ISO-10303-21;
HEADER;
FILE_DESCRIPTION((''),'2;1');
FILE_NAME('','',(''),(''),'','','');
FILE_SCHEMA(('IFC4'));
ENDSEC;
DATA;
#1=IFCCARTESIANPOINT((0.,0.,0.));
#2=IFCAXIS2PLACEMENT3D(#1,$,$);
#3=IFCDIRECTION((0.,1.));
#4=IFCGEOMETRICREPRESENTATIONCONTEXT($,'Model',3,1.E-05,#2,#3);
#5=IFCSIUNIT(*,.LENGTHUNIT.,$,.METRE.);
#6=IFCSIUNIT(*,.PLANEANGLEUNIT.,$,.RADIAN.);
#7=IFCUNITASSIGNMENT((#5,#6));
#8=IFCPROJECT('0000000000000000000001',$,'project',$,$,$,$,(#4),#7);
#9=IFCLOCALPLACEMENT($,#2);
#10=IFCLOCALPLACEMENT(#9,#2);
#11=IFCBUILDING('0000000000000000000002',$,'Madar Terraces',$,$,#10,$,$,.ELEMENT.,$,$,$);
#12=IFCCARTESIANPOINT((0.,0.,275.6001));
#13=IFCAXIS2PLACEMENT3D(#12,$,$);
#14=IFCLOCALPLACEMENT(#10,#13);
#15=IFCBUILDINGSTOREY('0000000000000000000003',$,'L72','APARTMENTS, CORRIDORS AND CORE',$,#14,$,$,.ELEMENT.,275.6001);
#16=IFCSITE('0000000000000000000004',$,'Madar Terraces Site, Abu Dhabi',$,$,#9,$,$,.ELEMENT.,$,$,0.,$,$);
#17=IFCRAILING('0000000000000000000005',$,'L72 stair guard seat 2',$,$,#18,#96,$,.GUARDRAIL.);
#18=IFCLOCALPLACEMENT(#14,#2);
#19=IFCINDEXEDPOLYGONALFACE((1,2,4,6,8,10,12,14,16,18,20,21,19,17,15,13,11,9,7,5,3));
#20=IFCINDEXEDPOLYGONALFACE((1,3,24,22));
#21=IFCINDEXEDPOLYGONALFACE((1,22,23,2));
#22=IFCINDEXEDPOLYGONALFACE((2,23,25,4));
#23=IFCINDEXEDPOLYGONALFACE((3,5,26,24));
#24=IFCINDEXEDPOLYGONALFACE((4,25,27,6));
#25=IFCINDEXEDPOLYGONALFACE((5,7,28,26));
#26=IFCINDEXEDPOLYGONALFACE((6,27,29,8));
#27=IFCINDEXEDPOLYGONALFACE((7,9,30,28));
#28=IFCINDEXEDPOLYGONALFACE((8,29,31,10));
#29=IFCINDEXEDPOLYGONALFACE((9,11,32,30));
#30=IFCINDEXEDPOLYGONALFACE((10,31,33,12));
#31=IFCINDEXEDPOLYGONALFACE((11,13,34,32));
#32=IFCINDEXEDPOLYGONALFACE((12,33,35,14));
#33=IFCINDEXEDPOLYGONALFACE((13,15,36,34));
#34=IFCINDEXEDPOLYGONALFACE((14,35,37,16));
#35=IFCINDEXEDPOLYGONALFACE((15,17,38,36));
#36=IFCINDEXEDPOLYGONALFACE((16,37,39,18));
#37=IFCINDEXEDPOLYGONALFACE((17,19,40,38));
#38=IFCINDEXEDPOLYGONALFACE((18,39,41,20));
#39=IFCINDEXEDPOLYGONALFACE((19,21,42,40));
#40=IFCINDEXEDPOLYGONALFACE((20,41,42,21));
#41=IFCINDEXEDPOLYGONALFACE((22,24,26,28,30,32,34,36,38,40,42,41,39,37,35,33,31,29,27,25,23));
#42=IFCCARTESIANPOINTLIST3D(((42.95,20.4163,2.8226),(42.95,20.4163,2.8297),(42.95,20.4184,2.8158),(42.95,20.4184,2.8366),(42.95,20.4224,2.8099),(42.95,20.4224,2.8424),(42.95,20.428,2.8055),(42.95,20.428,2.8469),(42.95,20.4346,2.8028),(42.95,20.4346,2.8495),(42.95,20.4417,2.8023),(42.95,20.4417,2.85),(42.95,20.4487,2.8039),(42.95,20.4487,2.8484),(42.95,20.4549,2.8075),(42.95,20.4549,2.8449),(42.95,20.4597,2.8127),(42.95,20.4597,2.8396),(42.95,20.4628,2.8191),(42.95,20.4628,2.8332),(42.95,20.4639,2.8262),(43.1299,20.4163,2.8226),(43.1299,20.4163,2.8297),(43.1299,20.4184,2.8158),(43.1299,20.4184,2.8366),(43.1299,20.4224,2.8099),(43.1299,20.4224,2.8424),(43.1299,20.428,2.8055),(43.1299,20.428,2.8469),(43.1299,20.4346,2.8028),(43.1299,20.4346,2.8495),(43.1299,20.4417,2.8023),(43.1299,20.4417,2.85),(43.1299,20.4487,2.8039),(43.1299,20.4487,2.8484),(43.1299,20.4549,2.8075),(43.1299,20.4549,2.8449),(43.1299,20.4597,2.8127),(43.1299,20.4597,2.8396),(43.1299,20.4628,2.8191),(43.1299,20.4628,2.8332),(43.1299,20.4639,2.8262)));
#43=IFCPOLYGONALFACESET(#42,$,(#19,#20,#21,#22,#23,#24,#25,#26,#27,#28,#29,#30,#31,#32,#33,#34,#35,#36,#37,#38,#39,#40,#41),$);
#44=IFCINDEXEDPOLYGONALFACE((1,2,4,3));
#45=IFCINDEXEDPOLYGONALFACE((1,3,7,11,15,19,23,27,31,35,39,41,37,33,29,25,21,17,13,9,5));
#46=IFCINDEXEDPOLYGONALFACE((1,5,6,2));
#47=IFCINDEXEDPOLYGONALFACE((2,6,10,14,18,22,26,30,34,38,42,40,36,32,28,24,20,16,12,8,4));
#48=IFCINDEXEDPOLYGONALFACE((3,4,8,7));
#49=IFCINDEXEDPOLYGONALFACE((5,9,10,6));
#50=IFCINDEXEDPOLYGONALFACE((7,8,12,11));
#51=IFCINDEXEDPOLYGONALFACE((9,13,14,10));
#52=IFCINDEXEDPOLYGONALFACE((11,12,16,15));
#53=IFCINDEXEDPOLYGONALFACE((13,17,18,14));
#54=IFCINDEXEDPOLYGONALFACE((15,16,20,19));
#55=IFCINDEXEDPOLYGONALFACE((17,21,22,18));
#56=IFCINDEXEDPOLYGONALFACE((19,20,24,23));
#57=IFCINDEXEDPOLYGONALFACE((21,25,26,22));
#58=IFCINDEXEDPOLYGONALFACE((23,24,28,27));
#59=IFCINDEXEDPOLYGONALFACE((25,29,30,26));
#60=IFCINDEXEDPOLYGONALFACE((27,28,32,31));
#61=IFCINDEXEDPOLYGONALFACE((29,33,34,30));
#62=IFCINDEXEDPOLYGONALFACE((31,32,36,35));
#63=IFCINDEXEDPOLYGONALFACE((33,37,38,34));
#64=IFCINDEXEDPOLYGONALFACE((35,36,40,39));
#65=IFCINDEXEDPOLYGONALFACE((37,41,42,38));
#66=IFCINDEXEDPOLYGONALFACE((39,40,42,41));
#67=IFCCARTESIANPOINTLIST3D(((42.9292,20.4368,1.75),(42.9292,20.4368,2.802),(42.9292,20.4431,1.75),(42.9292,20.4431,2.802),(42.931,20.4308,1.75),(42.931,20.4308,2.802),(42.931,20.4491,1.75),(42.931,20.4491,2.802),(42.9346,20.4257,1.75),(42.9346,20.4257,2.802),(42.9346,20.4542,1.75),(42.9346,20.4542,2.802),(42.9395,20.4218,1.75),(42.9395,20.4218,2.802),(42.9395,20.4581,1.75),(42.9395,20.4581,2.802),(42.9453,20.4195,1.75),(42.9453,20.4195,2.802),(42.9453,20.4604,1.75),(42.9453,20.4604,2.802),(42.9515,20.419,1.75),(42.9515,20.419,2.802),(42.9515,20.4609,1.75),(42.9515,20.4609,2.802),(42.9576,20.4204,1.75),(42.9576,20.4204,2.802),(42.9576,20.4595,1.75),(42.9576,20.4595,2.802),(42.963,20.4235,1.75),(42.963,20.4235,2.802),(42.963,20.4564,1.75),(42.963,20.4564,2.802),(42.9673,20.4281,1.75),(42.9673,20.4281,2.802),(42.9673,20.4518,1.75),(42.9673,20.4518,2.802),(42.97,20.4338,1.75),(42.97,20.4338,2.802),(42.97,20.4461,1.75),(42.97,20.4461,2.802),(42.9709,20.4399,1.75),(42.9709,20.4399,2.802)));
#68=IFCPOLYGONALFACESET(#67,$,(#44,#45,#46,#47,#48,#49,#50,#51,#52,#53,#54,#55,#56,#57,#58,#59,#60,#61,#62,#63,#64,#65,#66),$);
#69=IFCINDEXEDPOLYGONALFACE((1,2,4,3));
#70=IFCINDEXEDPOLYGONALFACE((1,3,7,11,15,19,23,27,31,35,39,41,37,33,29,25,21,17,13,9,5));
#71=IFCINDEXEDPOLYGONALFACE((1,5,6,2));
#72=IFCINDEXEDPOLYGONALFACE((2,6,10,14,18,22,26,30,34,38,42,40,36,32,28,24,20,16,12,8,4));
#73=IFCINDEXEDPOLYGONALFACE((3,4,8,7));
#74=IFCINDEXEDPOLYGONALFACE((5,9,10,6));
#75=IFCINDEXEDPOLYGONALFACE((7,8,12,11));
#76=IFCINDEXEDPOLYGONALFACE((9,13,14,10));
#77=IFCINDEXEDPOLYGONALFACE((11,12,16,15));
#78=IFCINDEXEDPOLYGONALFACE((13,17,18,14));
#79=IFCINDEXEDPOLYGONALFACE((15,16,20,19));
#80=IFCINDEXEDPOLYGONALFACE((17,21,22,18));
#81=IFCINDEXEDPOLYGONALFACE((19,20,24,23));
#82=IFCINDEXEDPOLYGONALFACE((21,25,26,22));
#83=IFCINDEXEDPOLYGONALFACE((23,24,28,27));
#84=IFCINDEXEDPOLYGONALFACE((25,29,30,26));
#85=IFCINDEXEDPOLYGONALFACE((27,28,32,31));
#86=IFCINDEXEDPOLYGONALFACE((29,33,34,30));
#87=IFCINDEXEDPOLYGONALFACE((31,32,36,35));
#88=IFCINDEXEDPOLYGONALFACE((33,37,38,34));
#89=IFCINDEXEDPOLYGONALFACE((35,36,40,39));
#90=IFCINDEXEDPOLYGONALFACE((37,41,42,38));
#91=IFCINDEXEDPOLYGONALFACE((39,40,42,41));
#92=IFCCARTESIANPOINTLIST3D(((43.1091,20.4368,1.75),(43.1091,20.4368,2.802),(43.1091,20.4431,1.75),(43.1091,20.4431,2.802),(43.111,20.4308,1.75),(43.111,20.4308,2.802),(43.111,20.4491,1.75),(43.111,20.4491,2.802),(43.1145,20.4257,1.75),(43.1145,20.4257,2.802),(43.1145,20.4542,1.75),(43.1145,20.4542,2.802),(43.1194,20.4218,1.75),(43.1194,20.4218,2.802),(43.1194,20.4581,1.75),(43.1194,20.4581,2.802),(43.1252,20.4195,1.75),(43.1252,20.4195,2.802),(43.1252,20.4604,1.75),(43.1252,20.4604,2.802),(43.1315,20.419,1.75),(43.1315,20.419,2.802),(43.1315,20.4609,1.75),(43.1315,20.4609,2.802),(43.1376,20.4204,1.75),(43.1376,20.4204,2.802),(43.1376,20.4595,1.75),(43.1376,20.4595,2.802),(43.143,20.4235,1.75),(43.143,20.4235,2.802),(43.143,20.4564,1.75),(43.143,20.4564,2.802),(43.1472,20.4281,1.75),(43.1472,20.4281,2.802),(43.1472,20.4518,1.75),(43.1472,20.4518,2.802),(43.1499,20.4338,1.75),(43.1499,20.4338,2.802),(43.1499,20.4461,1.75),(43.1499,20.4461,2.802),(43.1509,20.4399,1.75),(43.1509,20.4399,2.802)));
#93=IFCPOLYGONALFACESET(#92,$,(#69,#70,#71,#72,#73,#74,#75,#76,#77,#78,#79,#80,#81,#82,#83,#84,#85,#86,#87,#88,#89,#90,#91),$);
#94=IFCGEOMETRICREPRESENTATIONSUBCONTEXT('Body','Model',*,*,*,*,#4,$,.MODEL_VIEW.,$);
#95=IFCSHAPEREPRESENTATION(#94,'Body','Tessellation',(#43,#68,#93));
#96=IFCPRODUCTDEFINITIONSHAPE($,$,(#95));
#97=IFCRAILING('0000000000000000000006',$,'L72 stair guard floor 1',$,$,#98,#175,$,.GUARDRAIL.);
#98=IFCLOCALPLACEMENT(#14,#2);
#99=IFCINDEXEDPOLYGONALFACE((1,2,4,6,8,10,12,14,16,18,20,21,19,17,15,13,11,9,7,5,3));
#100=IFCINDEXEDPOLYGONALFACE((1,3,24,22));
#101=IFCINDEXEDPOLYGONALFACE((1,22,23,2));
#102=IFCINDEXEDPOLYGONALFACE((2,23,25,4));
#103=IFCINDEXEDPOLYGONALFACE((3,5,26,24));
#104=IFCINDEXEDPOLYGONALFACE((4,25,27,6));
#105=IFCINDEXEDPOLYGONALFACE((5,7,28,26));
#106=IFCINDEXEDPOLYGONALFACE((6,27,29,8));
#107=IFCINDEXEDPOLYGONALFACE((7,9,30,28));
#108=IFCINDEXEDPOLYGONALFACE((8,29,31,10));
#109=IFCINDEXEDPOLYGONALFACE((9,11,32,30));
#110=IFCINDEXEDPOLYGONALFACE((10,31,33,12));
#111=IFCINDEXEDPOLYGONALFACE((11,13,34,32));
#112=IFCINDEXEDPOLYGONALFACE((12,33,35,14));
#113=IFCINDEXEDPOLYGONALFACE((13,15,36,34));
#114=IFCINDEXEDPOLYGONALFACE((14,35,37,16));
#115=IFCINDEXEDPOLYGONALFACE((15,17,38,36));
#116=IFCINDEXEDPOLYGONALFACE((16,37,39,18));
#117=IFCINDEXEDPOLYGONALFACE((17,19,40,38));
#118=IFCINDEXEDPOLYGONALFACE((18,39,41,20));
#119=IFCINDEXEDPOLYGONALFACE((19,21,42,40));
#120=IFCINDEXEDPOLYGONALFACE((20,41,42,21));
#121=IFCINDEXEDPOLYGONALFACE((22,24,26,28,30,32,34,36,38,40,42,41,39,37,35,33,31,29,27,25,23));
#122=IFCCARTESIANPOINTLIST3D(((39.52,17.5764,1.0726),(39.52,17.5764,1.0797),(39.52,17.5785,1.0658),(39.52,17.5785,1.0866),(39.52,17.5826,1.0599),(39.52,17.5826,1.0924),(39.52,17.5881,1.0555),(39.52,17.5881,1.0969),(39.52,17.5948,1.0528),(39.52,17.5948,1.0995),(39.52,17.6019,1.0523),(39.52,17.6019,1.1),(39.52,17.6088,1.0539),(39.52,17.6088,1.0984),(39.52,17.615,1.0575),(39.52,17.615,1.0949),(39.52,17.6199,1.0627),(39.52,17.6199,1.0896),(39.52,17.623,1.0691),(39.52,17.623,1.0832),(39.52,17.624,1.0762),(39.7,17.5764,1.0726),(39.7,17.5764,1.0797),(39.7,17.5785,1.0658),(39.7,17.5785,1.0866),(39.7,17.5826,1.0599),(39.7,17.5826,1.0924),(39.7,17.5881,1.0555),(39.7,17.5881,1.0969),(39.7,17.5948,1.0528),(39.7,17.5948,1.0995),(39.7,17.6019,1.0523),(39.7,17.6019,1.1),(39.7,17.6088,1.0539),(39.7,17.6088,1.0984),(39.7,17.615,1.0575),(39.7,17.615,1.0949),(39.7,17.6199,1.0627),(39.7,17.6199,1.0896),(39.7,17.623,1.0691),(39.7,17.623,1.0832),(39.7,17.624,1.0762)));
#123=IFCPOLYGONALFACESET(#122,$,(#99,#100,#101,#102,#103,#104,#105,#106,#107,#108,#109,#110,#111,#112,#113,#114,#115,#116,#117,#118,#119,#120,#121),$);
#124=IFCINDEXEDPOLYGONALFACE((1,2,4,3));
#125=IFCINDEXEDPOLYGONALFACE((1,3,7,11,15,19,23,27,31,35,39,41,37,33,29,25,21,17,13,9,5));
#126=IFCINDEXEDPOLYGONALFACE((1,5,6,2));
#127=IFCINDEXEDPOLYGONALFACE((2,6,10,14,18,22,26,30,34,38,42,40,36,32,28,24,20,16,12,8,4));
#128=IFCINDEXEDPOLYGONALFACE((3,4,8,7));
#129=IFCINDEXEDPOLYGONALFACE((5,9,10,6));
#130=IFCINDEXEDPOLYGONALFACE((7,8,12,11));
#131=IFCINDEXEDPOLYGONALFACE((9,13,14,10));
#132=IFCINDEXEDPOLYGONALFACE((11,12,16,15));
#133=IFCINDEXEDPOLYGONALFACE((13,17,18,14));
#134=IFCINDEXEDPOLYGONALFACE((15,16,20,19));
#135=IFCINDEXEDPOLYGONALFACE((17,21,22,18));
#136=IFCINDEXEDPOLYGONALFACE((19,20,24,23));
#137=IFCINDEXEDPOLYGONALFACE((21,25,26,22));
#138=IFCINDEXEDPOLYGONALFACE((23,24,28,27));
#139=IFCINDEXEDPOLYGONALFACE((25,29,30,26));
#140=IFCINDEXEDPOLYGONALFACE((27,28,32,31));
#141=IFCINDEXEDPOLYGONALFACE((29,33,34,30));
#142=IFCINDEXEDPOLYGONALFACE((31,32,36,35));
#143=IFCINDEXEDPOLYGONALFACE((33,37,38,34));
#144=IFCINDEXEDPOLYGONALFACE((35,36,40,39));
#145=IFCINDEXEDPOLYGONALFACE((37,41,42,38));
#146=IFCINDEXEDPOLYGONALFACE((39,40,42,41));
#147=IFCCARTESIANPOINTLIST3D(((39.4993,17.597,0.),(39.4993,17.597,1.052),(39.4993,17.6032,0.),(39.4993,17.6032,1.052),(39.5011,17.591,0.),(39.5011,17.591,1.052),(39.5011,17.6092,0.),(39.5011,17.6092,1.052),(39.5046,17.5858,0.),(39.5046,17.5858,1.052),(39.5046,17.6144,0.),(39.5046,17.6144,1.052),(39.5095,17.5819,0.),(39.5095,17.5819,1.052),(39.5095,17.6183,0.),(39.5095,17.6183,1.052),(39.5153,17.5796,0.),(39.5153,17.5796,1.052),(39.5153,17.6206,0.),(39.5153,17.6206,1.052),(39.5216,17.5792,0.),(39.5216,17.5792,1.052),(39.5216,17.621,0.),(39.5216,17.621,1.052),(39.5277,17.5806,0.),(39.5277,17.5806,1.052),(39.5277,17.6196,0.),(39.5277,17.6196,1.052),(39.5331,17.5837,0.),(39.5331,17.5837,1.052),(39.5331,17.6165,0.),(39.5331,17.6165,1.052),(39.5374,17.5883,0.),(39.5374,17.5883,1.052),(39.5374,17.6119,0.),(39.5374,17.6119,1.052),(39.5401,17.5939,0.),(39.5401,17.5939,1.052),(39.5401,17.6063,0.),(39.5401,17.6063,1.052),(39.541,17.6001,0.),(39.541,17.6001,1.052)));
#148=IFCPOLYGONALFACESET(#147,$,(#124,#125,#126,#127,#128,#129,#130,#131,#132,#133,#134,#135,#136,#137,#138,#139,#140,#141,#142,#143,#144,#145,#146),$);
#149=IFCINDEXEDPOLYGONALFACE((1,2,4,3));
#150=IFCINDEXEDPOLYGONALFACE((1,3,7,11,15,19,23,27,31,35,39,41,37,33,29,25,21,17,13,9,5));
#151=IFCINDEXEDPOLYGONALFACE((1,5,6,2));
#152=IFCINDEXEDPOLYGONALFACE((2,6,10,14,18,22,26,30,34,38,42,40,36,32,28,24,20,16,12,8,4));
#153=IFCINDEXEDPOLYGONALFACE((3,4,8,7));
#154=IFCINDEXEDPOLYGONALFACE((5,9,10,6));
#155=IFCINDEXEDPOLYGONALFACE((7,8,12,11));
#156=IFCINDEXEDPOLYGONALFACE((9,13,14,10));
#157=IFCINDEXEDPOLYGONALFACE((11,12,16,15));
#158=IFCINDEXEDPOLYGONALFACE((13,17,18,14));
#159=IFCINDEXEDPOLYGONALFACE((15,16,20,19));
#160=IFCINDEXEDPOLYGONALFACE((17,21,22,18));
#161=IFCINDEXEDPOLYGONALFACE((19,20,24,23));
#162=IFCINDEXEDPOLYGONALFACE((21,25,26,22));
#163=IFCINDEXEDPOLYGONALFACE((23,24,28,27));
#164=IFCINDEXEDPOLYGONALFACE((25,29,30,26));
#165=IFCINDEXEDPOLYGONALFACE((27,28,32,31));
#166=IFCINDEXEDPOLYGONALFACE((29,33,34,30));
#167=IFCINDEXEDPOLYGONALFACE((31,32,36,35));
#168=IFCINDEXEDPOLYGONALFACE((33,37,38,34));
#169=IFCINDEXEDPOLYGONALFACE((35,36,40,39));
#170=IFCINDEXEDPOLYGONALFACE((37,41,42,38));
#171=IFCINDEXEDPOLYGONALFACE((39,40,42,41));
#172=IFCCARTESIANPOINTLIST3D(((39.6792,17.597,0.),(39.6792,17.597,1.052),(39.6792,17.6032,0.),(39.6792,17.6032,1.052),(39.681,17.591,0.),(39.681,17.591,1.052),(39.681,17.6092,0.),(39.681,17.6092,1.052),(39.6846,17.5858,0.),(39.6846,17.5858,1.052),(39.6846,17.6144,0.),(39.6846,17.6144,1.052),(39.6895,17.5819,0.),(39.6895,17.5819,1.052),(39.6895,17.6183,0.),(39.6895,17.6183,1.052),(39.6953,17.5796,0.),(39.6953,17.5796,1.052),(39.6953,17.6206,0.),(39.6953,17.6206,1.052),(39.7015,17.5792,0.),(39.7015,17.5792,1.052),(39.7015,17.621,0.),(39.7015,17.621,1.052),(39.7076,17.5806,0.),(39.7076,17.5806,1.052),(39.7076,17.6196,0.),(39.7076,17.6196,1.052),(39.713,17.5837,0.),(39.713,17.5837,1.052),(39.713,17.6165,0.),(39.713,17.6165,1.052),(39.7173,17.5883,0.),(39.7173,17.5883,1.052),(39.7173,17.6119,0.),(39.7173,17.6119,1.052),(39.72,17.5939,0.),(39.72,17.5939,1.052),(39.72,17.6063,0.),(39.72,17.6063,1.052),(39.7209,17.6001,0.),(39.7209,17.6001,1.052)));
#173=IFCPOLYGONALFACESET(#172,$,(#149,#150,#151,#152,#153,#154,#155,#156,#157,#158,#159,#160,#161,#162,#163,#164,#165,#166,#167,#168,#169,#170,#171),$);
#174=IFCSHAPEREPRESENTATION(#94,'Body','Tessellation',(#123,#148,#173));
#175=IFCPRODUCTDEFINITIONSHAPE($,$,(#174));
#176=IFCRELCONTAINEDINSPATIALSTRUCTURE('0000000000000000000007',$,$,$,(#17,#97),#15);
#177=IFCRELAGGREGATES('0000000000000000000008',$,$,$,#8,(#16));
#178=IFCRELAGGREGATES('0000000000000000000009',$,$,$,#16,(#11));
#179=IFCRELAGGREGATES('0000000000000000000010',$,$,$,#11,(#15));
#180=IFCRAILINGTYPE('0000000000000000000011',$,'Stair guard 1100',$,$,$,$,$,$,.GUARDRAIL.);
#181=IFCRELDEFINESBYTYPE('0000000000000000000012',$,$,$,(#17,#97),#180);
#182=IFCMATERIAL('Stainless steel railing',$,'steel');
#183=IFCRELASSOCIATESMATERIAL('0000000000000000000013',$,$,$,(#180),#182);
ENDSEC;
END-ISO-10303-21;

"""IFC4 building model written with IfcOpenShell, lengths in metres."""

from ifc_helpers import new_model, si_unit, direction, frame, origin, origin_2d, place, context, subcontext, project, spatial, circle, extrude, material, type_object, element, save


model = new_model("IFC4")

# Units and contexts
model_context = context("Model", 3, precision=1e-05, world=origin(), true_north=direction((0.0, 1.0)))
body_context = subcontext(model_context, "Body", "Model", "MODEL_VIEW")
ifc_project = project(units=[si_unit("LENGTHUNIT", "METRE"), si_unit("PLANEANGLEUNIT", "RADIAN")], contexts=[model_context])

# Site, building, storey
site_placement = place(None, origin())
site = spatial("IfcSite", under=ifc_project, at=site_placement, Name="Madar Terraces Site, Abu Dhabi", CompositionType="ELEMENT", RefElevation=0.0)
building_placement = place(site_placement, origin())
building = spatial("IfcBuilding", under=site, at=building_placement, Name="Madar Terraces", CompositionType="ELEMENT")
storey_placement = place(building_placement, frame((0.0, 0.0, 275.6001)))
storey = spatial("IfcBuildingStorey", under=building, at=storey_placement, Name="L72", Description="APARTMENTS, CORRIDORS AND CORE", CompositionType="ELEMENT", Elevation=275.6001)

# Railings
ifc_material_1 = material(Name="Stainless steel railing", Category="steel")
railing_type_1 = type_object("IfcRailingType", Name="Stair guard 1100", PredefinedType="GUARDRAIL", material=ifc_material_1)
for number, where, name in (
    (1, (42.95, 20.4399, 1.75), "L72 stair guard seat 2"),
    (2, (39.52, 17.6001, 0.0), "L72 stair guard floor 1"),
):
    element("IfcRailing", number, at=place(storey_placement, frame(where)), inside=storey, type_object=railing_type_1, Name=name, PredefinedType="GUARDRAIL", context=body_context, shape_type="SweptSolid", body=[
        extrude(circle(Radius=0.0239, at=origin_2d()), frame((0.0, 0.0, 1.0762), z_axis=(1.0, 0.0, 0.0), x_axis=(0.0, 1.0, 0.0)), (0.0, 0.0, 1.0), 0.1799),
        extrude(circle(Radius=0.021, at=origin_2d()), origin(), (0.0, 0.0, 1.0), 1.052),
        extrude(circle(Radius=0.021, at=origin_2d()), frame((0.1799, 0.0, 0.0)), (0.0, 0.0, 1.0), 1.052),
    ])

save(model, "model.ifc")
